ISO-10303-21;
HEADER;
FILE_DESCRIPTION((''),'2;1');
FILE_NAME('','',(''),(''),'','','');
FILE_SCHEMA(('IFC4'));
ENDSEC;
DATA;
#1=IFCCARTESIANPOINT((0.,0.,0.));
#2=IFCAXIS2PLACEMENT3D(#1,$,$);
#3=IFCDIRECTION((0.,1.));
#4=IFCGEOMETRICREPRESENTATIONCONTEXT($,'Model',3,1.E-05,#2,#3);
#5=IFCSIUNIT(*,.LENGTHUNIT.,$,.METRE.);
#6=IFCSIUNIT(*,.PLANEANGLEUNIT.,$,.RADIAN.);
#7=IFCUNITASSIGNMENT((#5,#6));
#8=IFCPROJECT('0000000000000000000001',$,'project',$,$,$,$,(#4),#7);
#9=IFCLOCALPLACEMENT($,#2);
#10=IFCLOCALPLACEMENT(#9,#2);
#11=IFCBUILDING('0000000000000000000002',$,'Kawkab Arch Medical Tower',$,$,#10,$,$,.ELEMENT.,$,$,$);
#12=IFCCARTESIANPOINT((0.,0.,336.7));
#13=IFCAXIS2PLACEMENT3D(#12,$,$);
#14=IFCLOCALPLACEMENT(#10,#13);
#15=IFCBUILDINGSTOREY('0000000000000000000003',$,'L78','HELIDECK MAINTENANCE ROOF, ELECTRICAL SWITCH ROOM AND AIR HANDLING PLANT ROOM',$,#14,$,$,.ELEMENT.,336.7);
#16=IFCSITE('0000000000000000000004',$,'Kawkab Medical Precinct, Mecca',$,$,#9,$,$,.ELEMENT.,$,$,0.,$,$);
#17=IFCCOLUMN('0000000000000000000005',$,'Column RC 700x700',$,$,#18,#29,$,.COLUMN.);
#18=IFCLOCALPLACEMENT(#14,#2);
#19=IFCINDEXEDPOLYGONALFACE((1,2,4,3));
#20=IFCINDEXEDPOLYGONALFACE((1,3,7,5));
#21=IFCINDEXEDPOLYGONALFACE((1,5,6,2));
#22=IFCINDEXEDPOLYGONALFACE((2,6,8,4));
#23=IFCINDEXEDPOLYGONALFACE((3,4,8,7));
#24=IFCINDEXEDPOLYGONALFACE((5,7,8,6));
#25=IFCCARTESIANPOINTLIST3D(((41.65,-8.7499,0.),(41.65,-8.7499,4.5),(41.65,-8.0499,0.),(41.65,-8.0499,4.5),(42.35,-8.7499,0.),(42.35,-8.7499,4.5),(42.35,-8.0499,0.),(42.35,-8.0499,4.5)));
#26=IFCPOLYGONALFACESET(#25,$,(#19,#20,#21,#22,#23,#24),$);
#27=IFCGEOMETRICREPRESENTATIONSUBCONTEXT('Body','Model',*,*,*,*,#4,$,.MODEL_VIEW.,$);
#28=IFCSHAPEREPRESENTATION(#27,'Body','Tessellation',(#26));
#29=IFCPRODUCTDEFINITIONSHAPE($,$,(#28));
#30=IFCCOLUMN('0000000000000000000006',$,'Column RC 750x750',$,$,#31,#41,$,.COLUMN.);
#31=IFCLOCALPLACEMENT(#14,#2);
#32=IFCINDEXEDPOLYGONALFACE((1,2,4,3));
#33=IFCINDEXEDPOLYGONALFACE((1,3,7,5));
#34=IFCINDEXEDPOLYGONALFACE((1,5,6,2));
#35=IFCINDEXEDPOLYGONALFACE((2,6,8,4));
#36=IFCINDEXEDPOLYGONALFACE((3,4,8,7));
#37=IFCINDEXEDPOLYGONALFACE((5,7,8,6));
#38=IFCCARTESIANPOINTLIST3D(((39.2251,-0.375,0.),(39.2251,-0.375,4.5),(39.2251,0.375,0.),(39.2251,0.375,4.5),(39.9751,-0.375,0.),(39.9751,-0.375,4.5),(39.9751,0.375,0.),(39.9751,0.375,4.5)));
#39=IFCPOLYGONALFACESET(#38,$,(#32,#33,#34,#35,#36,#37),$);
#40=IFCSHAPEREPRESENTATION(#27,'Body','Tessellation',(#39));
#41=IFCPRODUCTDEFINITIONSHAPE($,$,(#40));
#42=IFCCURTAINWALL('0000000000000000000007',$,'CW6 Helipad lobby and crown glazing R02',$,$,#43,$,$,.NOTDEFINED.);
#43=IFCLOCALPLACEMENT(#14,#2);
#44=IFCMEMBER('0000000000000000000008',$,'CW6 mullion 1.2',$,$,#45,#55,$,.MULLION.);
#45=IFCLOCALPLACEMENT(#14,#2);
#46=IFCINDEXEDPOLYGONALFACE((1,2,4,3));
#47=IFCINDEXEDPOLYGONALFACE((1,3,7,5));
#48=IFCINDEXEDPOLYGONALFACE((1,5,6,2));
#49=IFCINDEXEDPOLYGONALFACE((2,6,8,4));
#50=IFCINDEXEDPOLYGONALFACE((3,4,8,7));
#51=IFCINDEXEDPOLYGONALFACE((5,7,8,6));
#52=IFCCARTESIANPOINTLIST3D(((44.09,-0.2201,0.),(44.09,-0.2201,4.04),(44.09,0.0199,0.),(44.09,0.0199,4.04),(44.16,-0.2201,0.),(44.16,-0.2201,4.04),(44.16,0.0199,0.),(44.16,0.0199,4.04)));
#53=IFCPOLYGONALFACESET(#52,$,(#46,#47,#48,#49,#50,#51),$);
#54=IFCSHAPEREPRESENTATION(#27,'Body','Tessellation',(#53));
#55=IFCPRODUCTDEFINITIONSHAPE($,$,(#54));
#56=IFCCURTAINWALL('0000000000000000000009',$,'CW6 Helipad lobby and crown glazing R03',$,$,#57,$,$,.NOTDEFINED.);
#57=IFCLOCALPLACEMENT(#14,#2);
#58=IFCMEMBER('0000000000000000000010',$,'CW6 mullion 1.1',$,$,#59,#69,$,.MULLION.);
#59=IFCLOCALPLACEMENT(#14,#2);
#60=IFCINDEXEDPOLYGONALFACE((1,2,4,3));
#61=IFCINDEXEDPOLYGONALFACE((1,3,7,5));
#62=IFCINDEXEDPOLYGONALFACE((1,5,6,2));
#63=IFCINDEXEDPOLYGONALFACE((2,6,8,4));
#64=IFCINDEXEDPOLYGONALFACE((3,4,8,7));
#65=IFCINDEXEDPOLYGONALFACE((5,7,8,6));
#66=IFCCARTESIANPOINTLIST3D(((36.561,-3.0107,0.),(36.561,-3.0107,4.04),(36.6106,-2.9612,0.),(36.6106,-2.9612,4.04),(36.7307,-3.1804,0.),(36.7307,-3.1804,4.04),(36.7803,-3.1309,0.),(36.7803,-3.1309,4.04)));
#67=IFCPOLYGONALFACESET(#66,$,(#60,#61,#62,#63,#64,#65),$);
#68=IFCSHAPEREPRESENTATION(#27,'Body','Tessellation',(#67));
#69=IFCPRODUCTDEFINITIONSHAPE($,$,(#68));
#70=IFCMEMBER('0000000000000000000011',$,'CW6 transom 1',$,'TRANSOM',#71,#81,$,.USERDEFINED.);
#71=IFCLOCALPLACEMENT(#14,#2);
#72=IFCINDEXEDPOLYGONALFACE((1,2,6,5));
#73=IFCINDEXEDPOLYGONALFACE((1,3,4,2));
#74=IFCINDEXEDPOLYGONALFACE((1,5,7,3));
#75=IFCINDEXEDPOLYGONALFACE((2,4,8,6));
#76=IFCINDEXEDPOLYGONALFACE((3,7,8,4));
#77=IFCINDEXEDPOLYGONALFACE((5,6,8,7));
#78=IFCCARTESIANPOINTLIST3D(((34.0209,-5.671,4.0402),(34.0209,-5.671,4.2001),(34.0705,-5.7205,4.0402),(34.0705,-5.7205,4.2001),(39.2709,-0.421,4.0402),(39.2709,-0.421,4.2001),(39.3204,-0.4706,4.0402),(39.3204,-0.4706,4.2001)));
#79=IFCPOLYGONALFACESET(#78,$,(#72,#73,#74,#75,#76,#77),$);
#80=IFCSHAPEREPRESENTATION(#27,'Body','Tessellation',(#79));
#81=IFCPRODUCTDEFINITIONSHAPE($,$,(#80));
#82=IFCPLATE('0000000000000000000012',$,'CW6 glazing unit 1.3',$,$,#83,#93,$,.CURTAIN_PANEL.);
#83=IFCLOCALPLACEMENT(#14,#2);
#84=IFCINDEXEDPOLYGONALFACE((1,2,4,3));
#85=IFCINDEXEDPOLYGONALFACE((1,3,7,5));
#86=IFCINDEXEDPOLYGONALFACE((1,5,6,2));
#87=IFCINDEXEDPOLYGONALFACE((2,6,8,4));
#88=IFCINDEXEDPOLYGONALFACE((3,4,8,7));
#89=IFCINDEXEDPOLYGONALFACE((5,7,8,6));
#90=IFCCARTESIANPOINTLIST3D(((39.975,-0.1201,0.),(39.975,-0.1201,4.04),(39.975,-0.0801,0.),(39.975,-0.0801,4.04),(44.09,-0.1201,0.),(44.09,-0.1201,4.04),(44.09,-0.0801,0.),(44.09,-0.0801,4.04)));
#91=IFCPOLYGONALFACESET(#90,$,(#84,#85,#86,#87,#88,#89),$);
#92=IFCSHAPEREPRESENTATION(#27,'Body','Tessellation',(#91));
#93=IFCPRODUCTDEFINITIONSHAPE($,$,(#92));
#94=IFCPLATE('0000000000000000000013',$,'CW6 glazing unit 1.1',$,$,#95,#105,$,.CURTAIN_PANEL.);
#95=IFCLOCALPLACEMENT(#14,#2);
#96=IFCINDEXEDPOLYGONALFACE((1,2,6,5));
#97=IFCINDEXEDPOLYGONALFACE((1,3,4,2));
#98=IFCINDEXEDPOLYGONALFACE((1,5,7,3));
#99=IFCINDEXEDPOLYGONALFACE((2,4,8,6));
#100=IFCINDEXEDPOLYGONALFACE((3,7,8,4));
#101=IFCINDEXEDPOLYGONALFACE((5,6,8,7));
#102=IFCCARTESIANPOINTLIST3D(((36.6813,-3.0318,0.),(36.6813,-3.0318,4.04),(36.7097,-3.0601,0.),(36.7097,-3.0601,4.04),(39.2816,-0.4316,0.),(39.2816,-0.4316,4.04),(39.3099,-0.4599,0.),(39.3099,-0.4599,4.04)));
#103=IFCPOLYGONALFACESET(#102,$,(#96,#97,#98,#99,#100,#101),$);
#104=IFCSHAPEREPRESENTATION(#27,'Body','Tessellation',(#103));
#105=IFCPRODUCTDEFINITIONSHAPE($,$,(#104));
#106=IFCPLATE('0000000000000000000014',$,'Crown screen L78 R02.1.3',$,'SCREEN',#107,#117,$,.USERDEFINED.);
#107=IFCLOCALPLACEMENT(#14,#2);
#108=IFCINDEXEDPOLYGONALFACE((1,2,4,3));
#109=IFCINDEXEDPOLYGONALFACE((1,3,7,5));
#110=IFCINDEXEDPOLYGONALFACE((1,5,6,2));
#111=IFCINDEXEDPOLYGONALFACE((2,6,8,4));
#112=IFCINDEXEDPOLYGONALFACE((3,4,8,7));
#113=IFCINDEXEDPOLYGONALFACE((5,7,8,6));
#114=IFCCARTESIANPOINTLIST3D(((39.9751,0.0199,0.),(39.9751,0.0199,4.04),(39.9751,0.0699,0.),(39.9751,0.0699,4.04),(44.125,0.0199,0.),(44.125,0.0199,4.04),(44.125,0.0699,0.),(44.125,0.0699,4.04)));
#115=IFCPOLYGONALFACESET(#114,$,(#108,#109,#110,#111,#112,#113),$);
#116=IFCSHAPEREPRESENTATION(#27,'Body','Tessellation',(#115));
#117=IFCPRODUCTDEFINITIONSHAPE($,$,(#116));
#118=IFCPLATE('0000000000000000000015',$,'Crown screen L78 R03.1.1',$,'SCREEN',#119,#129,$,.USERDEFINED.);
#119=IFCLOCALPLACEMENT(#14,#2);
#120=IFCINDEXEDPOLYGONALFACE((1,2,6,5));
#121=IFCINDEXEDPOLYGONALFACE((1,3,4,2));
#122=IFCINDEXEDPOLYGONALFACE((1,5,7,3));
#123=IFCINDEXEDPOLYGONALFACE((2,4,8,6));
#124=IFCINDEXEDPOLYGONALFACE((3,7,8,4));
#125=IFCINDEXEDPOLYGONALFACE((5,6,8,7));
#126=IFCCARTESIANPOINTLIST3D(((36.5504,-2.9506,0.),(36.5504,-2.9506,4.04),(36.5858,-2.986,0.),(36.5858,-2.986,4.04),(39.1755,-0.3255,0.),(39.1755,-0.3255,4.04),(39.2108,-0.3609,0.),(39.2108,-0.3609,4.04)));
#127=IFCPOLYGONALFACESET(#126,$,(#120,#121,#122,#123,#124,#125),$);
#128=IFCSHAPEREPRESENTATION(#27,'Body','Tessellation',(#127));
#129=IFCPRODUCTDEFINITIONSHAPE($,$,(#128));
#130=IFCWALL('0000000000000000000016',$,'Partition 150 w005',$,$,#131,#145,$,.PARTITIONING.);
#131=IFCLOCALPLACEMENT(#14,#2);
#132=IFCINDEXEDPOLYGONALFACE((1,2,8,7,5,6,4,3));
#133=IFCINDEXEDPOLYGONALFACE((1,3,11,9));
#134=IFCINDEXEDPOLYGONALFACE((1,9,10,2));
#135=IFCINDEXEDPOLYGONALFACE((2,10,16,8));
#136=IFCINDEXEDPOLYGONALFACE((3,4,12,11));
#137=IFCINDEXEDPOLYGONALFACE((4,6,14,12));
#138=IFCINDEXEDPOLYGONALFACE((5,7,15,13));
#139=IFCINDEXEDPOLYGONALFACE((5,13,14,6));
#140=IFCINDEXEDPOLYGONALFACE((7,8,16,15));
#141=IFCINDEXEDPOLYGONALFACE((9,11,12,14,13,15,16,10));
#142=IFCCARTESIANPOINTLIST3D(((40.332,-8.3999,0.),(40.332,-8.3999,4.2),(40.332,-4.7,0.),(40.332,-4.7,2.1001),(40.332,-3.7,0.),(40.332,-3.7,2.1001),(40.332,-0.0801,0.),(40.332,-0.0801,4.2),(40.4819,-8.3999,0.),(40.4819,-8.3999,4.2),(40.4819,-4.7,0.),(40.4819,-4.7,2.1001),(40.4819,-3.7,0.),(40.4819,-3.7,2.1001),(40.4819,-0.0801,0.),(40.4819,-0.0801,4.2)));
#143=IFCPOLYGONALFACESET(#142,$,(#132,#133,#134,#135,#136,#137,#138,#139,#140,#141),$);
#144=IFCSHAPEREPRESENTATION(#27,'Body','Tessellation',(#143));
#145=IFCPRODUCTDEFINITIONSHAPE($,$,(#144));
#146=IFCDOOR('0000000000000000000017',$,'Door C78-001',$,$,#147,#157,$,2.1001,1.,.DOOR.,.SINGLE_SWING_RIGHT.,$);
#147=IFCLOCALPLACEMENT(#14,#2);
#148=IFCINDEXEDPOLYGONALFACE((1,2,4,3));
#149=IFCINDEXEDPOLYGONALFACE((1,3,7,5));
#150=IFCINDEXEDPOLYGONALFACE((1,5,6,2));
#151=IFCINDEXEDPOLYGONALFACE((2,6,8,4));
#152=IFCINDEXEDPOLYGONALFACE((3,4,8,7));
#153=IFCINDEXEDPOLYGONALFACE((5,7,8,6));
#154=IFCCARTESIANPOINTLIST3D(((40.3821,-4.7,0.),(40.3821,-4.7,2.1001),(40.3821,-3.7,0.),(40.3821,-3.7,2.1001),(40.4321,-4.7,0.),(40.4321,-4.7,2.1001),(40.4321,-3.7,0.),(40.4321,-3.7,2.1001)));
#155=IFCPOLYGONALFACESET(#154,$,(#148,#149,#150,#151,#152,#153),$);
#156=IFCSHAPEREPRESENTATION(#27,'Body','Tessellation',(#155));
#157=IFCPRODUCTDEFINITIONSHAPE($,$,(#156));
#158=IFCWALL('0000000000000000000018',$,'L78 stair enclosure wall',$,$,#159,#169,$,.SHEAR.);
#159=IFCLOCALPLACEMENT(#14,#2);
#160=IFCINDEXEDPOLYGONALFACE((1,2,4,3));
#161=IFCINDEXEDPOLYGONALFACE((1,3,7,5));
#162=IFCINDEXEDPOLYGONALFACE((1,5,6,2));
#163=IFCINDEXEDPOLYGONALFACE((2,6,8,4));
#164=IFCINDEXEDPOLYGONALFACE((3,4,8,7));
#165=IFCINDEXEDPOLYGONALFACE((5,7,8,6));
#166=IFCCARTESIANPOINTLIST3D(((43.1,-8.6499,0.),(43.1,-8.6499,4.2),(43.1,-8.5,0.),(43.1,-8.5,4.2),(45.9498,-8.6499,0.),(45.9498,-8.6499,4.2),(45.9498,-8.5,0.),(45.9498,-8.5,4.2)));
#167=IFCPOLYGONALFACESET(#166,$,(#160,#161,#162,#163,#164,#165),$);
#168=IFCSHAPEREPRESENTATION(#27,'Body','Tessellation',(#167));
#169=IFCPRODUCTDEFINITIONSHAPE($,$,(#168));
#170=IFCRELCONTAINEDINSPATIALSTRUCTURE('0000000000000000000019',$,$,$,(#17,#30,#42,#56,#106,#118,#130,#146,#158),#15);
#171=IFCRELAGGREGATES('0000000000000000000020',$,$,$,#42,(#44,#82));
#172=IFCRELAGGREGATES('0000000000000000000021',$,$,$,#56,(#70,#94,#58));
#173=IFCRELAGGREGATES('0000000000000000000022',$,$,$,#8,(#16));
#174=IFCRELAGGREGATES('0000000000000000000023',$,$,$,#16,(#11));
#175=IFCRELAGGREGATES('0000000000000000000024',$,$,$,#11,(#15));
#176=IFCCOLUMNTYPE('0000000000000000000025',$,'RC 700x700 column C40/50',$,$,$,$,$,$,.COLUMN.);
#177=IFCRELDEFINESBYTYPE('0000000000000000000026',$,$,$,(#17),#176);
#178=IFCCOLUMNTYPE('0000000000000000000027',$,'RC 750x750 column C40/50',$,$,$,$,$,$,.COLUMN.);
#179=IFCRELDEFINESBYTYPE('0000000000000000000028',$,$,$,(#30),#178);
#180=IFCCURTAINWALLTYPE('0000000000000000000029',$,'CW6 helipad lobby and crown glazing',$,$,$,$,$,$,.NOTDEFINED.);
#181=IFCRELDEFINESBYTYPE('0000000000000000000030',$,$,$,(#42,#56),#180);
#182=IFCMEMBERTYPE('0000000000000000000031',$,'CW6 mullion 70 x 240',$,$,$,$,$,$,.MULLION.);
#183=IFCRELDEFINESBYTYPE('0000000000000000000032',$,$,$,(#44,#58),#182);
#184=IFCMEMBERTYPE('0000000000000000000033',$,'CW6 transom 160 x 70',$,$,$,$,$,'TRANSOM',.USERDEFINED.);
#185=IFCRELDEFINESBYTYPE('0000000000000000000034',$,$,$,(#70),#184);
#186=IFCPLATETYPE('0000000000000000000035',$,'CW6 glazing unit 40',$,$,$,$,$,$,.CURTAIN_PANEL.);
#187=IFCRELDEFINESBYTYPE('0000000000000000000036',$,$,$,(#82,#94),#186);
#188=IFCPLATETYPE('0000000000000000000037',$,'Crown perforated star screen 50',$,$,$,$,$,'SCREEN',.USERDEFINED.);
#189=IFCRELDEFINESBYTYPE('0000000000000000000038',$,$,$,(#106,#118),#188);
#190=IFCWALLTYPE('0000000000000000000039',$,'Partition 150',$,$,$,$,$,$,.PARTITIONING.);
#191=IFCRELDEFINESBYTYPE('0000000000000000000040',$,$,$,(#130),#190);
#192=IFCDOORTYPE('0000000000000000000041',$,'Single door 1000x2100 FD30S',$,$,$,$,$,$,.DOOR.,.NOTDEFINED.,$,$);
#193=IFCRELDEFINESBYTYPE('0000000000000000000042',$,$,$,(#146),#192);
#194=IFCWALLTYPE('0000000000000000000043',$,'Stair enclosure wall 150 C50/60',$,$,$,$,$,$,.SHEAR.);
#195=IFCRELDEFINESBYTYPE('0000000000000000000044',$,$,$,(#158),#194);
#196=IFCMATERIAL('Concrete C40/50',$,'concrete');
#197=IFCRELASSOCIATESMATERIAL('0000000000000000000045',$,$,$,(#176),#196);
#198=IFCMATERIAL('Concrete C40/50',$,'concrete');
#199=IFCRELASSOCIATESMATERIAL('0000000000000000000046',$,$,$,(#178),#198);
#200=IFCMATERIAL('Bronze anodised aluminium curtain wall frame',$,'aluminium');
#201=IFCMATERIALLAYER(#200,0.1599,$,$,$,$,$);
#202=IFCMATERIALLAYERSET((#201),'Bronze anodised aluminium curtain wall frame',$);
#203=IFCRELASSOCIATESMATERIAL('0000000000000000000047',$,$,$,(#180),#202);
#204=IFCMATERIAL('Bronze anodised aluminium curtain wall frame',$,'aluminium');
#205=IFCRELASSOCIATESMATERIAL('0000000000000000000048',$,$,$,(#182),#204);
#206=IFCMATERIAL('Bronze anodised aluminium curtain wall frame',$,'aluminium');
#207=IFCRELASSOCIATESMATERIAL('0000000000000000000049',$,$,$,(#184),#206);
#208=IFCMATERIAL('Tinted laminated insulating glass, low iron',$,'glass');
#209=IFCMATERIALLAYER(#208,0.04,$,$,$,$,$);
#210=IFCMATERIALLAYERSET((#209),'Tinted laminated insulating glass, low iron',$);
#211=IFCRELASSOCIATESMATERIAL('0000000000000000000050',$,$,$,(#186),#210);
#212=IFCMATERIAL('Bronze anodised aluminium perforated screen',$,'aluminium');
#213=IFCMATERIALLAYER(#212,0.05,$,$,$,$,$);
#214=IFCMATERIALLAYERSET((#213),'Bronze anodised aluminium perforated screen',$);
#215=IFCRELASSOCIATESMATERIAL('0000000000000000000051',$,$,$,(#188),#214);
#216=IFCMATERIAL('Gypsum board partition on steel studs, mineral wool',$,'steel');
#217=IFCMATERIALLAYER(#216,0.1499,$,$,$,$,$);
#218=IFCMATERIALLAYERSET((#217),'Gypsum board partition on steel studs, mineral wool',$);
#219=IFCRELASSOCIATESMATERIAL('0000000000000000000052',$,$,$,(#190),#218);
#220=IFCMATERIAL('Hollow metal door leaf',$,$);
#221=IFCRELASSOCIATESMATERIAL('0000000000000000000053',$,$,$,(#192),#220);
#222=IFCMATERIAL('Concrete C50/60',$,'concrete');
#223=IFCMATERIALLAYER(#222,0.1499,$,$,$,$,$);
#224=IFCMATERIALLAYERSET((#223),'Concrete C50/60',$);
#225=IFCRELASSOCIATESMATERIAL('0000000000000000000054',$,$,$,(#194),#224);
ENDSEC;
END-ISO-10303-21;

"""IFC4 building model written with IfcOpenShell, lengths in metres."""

from ifc_helpers import new_model, si_unit, direction, frame, frame_2d, origin, origin_2d, place, context, subcontext, project, spatial, rectangle, extrude, material, layer, layer_set, material_profile, profile_set, type_object, element, fill, aggregate, save


model = new_model("IFC4")

# Units and contexts
model_context = context("Model", 3, precision=1e-05, world=origin(), true_north=direction((0.0, 1.0)))
body_context = subcontext(model_context, "Body", "Model", "MODEL_VIEW")
ifc_project = project(units=[si_unit("LENGTHUNIT", "METRE"), si_unit("PLANEANGLEUNIT", "RADIAN")], contexts=[model_context])

# Site, building, storey
site_placement = place(None, origin())
site = spatial("IfcSite", under=ifc_project, at=site_placement, Name="Kawkab Medical Precinct, Mecca", CompositionType="ELEMENT", RefElevation=0.0)
building_placement = place(site_placement, origin())
building = spatial("IfcBuilding", under=site, at=building_placement, Name="Kawkab Arch Medical Tower", CompositionType="ELEMENT")
storey_placement = place(building_placement, frame((0.0, 0.0, 336.7)))
storey = spatial("IfcBuildingStorey", under=building, at=storey_placement, Name="L78", Description="HELIDECK MAINTENANCE ROOF, ELECTRICAL SWITCH ROOM AND AIR HANDLING PLANT ROOM", CompositionType="ELEMENT", Elevation=336.7)

# Columns
ifc_material_1 = material(Name="Concrete C40/50", Category="concrete")
ifc_material_profile_1 = material_profile(ifc_material_1, rectangle(XDim=0.7, YDim=0.7, at=origin_2d()), Name="RC 700x700")
ifc_profile_set_1 = profile_set([ifc_material_profile_1], Name="Concrete C40/50")
column_type_1 = type_object("IfcColumnType", Name="RC 700x700 column C40/50", PredefinedType="COLUMN", material=ifc_profile_set_1)
column_1_placement = place(storey_placement, frame((42.0, -8.3999, 0.0), z_axis=(0.0, 0.0, 1.0), x_axis=(1.0, 0.0, 0.0)))
element("IfcColumn", 1, at=column_1_placement, inside=storey, type_object=column_type_1, Name="Column RC 700x700", PredefinedType="COLUMN", context=body_context, shape_type="SweptSolid", body=[
    extrude(rectangle(XDim=0.7, YDim=0.7, at=origin_2d()), origin(), (0.0, 0.0, 1.0), 4.5),
])
ifc_material_2 = material(Name="Concrete C40/50", Category="concrete")
ifc_material_profile_2 = material_profile(ifc_material_2, rectangle(XDim=0.75, YDim=0.75, at=origin_2d()), Name="RC 750x750")
ifc_profile_set_2 = profile_set([ifc_material_profile_2], Name="Concrete C40/50")
column_type_2 = type_object("IfcColumnType", Name="RC 750x750 column C40/50", PredefinedType="COLUMN", material=ifc_profile_set_2)
column_2_placement = place(storey_placement, frame((39.6001, 0.0, 0.0), z_axis=(0.0, 0.0, 1.0), x_axis=(1.0, 0.0, 0.0)))
element("IfcColumn", 2, at=column_2_placement, inside=storey, type_object=column_type_2, Name="Column RC 750x750", PredefinedType="COLUMN", context=body_context, shape_type="SweptSolid", body=[
    extrude(rectangle(XDim=0.75, YDim=0.75, at=origin_2d()), origin(), (0.0, 0.0, 1.0), 4.5),
])

# Curtain wall, member
ifc_material_3 = material(Name="Bronze anodised aluminium curtain wall frame", Category="aluminium")
ifc_layer_1 = layer(ifc_material_3, 0.1599)
ifc_layer_set_1 = layer_set([ifc_layer_1], Name="Bronze anodised aluminium curtain wall frame")
curtain_wall_type = type_object("IfcCurtainWallType", Name="CW6 helipad lobby and crown glazing", PredefinedType="NOTDEFINED", material=ifc_layer_set_1)
placement = place(storey_placement, origin())
curtain_wall_1 = element("IfcCurtainWall", 3, at=placement, inside=storey, type_object=curtain_wall_type, Name="CW6 Helipad lobby and crown glazing R02", PredefinedType="NOTDEFINED")
ifc_material_4 = material(Name="Bronze anodised aluminium curtain wall frame", Category="aluminium")
ifc_material_profile_3 = material_profile(ifc_material_4, rectangle(XDim=0.24, YDim=0.0701, at=origin_2d()), Name="AL 70x240")
ifc_profile_set_3 = profile_set([ifc_material_profile_3], Name="Bronze anodised aluminium curtain wall frame")
member_type_1 = type_object("IfcMemberType", Name="CW6 mullion 70 x 240", PredefinedType="MULLION", material=ifc_profile_set_3)
member_1_placement = place(storey_placement, frame((44.125, -0.1001, 0.0), z_axis=(0.0, 0.0, 1.0), x_axis=(0.0, -1.0, 0.0)))
member_1 = element("IfcMember", 4, at=member_1_placement, type_object=member_type_1, Name="CW6 mullion 1.2", PredefinedType="MULLION", context=body_context, shape_type="SweptSolid", body=[
    extrude(rectangle(XDim=0.24, YDim=0.0701, at=origin_2d()), origin(), (0.0, 0.0, 1.0), 4.04),
])

# Curtain wall, members
curtain_wall_2 = element("IfcCurtainWall", 5, at=placement, inside=storey, type_object=curtain_wall_type, Name="CW6 Helipad lobby and crown glazing R03", PredefinedType="NOTDEFINED")
member_2_placement = place(storey_placement, frame((36.6707, -3.0708, 0.0), z_axis=(0.0, 0.0, 1.0), x_axis=(0.707107, -0.707107, 0.0)))
member_2 = element("IfcMember", 6, at=member_2_placement, type_object=member_type_1, Name="CW6 mullion 1.1", PredefinedType="MULLION", context=body_context, shape_type="SweptSolid", body=[
    extrude(rectangle(XDim=0.24, YDim=0.0701, at=origin_2d()), origin(), (0.0, 0.0, 1.0), 4.04),
])
ifc_material_5 = material(Name="Bronze anodised aluminium curtain wall frame", Category="aluminium")
ifc_material_profile_4 = material_profile(ifc_material_5, rectangle(XDim=0.0701, YDim=0.1599, at=origin_2d()), Name="AL 70x160")
ifc_profile_set_4 = profile_set([ifc_material_profile_4], Name="Bronze anodised aluminium curtain wall frame")
member_type_2 = type_object("IfcMemberType", Name="CW6 transom 160 x 70", ElementType="TRANSOM", PredefinedType="USERDEFINED", material=ifc_profile_set_4)
member_3_placement = place(storey_placement, frame((39.2957, -0.4458, 4.1201), z_axis=(-0.707107, -0.707107, 0.0), x_axis=(0.707107, -0.707107, 0.0)))
member_3 = element("IfcMember", 7, at=member_3_placement, type_object=member_type_2, Name="CW6 transom 1", ObjectType="TRANSOM", PredefinedType="USERDEFINED", context=body_context, shape_type="SweptSolid", body=[
    extrude(rectangle(XDim=0.0701, YDim=0.1599, at=origin_2d()), origin(), (0.0, 0.0, 1.0), 7.4246),
])

# Plates
ifc_material_6 = material(Name="Tinted laminated insulating glass, low iron", Category="glass")
ifc_layer_2 = layer(ifc_material_6, 0.04)
ifc_layer_set_2 = layer_set([ifc_layer_2], Name="Tinted laminated insulating glass, low iron")
plate_type_1 = type_object("IfcPlateType", Name="CW6 glazing unit 40", PredefinedType="CURTAIN_PANEL", material=ifc_layer_set_2)
plate_1_placement = place(storey_placement, frame((42.0325, -0.1001, 0.0), z_axis=(0.0, 0.0, 1.0), x_axis=(-1.0, 0.0, 0.0)))
plate_1 = element("IfcPlate", 8, at=plate_1_placement, type_object=plate_type_1, Name="CW6 glazing unit 1.3", PredefinedType="CURTAIN_PANEL", context=body_context, shape_type="SweptSolid", body=[
    extrude(rectangle(XDim=4.115, YDim=0.04, at=origin_2d()), origin(), (0.0, 0.0, 1.0), 4.04),
])
aggregate(curtain_wall_1, [member_1, plate_1])
plate_2_placement = place(storey_placement, frame((37.9956, -1.7458, 0.0), z_axis=(0.0, 0.0, 1.0), x_axis=(-0.707107, -0.707107, 0.0)))
plate_2 = element("IfcPlate", 9, at=plate_2_placement, type_object=plate_type_1, Name="CW6 glazing unit 1.1", PredefinedType="CURTAIN_PANEL", context=body_context, shape_type="SweptSolid", body=[
    extrude(rectangle(XDim=3.6772, YDim=0.04, at=origin_2d()), origin(), (0.0, 0.0, 1.0), 4.04),
])
aggregate(curtain_wall_2, [member_3, plate_2, member_2])

# Plates
ifc_material_7 = material(Name="Bronze anodised aluminium perforated screen", Category="aluminium")
ifc_layer_3 = layer(ifc_material_7, 0.05)
ifc_layer_set_3 = layer_set([ifc_layer_3], Name="Bronze anodised aluminium perforated screen")
plate_type_2 = type_object("IfcPlateType", Name="Crown perforated star screen 50", ElementType="SCREEN", PredefinedType="USERDEFINED", material=ifc_layer_set_3)
plate_3_placement = place(storey_placement, frame((42.05, 0.0449, 0.0), z_axis=(0.0, 0.0, 1.0), x_axis=(-1.0, 0.0, 0.0)))
element("IfcPlate", 10, at=plate_3_placement, inside=storey, type_object=plate_type_2, Name="Crown screen L78 R02.1.3", ObjectType="SCREEN", PredefinedType="USERDEFINED", context=body_context, shape_type="SweptSolid", body=[
    extrude(rectangle(XDim=4.1499, YDim=0.05, at=origin_2d()), origin(), (0.0, 0.0, 1.0), 4.04),
])
plate_4_placement = place(storey_placement, frame((37.8806, -1.6558, 0.0), z_axis=(0.0, 0.0, 1.0), x_axis=(-0.707107, -0.707107, 0.0)))
element("IfcPlate", 11, at=plate_4_placement, inside=storey, type_object=plate_type_2, Name="Crown screen L78 R03.1.1", ObjectType="SCREEN", PredefinedType="USERDEFINED", context=body_context, shape_type="SweptSolid", body=[
    extrude(rectangle(XDim=3.7124, YDim=0.05, at=origin_2d()), origin(), (0.0, 0.0, 1.0), 4.04),
])

# Wall, opening, door
ifc_material_8 = material(Name="Gypsum board partition on steel studs, mineral wool", Category="steel")
ifc_layer_4 = layer(ifc_material_8, 0.1499)
ifc_layer_set_4 = layer_set([ifc_layer_4], Name="Gypsum board partition on steel studs, mineral wool")
wall_type_1 = type_object("IfcWallType", Name="Partition 150", PredefinedType="PARTITIONING", material=ifc_layer_set_4)
wall_1_placement = place(storey_placement, frame((40.407, -8.3999, 0.0), z_axis=(0.0, 0.0, 1.0), x_axis=(0.0, 1.0, 0.0)))
wall_1 = element("IfcWall", 12, at=wall_1_placement, inside=storey, type_object=wall_type_1, Name="Partition 150 w005", PredefinedType="PARTITIONING", context=body_context, shape_type="SweptSolid", body=[
    extrude(rectangle(XDim=8.3198, YDim=0.1499, at=frame_2d((4.1599, 0.0))), origin(), (0.0, 0.0, 1.0), 4.2),
])
opening_1_placement = place(wall_1_placement, frame((3.7, 0.0, 0.0)))
opening_1 = element("IfcOpeningElement", 13, at=opening_1_placement, cuts=wall_1, PredefinedType="OPENING", context=body_context, shape_type="SweptSolid", body=[
    extrude(rectangle(XDim=1.0, YDim=2.1001, at=frame_2d((0.5, 1.05))), frame((0.0, 0.085, 0.0), z_axis=(0.0, -1.0, 0.0), x_axis=(1.0, 0.0, 0.0)), (0.0, 0.0, 1.0), 0.1699),
])
ifc_material_9 = material(Name="Hollow metal door leaf")
door_type_1 = type_object("IfcDoorType", Name="Single door 1000x2100 FD30S", OperationType="NOTDEFINED", PredefinedType="DOOR", material=ifc_material_9)
door_1_placement = place(opening_1_placement, origin())
door_1 = element("IfcDoor", 14, at=door_1_placement, inside=storey, type_object=door_type_1, Name="Door C78-001", OperationType="SINGLE_SWING_RIGHT", OverallHeight=2.1001, OverallWidth=1.0, PredefinedType="DOOR", context=body_context, shape_type="SweptSolid", body=[
    extrude(rectangle(XDim=1.0, YDim=2.1001, at=frame_2d((0.5, 1.05))), frame((0.0, 0.0249, 0.0), z_axis=(0.0, -1.0, 0.0), x_axis=(1.0, 0.0, 0.0)), (0.0, 0.0, 1.0), 0.05),
])
fill(opening_1, door_1)

# Wall
ifc_material_10 = material(Name="Concrete C50/60", Category="concrete")
ifc_layer_5 = layer(ifc_material_10, 0.1499)
ifc_layer_set_5 = layer_set([ifc_layer_5], Name="Concrete C50/60")
wall_type_2 = type_object("IfcWallType", Name="Stair enclosure wall 150 C50/60", PredefinedType="SHEAR", material=ifc_layer_set_5)
wall_2_placement = place(storey_placement, frame((43.1001, -8.575, 0.0), z_axis=(0.0, 0.0, 1.0), x_axis=(1.0, 0.0, 0.0)))
element("IfcWall", 15, at=wall_2_placement, inside=storey, type_object=wall_type_2, Name="L78 stair enclosure wall", PredefinedType="SHEAR", context=body_context, shape_type="SweptSolid", body=[
    extrude(rectangle(XDim=2.8499, YDim=0.1499, at=frame_2d((1.4248, 0.0))), origin(), (0.0, 0.0, 1.0), 4.2),
])

save(model, "model.ifc")
